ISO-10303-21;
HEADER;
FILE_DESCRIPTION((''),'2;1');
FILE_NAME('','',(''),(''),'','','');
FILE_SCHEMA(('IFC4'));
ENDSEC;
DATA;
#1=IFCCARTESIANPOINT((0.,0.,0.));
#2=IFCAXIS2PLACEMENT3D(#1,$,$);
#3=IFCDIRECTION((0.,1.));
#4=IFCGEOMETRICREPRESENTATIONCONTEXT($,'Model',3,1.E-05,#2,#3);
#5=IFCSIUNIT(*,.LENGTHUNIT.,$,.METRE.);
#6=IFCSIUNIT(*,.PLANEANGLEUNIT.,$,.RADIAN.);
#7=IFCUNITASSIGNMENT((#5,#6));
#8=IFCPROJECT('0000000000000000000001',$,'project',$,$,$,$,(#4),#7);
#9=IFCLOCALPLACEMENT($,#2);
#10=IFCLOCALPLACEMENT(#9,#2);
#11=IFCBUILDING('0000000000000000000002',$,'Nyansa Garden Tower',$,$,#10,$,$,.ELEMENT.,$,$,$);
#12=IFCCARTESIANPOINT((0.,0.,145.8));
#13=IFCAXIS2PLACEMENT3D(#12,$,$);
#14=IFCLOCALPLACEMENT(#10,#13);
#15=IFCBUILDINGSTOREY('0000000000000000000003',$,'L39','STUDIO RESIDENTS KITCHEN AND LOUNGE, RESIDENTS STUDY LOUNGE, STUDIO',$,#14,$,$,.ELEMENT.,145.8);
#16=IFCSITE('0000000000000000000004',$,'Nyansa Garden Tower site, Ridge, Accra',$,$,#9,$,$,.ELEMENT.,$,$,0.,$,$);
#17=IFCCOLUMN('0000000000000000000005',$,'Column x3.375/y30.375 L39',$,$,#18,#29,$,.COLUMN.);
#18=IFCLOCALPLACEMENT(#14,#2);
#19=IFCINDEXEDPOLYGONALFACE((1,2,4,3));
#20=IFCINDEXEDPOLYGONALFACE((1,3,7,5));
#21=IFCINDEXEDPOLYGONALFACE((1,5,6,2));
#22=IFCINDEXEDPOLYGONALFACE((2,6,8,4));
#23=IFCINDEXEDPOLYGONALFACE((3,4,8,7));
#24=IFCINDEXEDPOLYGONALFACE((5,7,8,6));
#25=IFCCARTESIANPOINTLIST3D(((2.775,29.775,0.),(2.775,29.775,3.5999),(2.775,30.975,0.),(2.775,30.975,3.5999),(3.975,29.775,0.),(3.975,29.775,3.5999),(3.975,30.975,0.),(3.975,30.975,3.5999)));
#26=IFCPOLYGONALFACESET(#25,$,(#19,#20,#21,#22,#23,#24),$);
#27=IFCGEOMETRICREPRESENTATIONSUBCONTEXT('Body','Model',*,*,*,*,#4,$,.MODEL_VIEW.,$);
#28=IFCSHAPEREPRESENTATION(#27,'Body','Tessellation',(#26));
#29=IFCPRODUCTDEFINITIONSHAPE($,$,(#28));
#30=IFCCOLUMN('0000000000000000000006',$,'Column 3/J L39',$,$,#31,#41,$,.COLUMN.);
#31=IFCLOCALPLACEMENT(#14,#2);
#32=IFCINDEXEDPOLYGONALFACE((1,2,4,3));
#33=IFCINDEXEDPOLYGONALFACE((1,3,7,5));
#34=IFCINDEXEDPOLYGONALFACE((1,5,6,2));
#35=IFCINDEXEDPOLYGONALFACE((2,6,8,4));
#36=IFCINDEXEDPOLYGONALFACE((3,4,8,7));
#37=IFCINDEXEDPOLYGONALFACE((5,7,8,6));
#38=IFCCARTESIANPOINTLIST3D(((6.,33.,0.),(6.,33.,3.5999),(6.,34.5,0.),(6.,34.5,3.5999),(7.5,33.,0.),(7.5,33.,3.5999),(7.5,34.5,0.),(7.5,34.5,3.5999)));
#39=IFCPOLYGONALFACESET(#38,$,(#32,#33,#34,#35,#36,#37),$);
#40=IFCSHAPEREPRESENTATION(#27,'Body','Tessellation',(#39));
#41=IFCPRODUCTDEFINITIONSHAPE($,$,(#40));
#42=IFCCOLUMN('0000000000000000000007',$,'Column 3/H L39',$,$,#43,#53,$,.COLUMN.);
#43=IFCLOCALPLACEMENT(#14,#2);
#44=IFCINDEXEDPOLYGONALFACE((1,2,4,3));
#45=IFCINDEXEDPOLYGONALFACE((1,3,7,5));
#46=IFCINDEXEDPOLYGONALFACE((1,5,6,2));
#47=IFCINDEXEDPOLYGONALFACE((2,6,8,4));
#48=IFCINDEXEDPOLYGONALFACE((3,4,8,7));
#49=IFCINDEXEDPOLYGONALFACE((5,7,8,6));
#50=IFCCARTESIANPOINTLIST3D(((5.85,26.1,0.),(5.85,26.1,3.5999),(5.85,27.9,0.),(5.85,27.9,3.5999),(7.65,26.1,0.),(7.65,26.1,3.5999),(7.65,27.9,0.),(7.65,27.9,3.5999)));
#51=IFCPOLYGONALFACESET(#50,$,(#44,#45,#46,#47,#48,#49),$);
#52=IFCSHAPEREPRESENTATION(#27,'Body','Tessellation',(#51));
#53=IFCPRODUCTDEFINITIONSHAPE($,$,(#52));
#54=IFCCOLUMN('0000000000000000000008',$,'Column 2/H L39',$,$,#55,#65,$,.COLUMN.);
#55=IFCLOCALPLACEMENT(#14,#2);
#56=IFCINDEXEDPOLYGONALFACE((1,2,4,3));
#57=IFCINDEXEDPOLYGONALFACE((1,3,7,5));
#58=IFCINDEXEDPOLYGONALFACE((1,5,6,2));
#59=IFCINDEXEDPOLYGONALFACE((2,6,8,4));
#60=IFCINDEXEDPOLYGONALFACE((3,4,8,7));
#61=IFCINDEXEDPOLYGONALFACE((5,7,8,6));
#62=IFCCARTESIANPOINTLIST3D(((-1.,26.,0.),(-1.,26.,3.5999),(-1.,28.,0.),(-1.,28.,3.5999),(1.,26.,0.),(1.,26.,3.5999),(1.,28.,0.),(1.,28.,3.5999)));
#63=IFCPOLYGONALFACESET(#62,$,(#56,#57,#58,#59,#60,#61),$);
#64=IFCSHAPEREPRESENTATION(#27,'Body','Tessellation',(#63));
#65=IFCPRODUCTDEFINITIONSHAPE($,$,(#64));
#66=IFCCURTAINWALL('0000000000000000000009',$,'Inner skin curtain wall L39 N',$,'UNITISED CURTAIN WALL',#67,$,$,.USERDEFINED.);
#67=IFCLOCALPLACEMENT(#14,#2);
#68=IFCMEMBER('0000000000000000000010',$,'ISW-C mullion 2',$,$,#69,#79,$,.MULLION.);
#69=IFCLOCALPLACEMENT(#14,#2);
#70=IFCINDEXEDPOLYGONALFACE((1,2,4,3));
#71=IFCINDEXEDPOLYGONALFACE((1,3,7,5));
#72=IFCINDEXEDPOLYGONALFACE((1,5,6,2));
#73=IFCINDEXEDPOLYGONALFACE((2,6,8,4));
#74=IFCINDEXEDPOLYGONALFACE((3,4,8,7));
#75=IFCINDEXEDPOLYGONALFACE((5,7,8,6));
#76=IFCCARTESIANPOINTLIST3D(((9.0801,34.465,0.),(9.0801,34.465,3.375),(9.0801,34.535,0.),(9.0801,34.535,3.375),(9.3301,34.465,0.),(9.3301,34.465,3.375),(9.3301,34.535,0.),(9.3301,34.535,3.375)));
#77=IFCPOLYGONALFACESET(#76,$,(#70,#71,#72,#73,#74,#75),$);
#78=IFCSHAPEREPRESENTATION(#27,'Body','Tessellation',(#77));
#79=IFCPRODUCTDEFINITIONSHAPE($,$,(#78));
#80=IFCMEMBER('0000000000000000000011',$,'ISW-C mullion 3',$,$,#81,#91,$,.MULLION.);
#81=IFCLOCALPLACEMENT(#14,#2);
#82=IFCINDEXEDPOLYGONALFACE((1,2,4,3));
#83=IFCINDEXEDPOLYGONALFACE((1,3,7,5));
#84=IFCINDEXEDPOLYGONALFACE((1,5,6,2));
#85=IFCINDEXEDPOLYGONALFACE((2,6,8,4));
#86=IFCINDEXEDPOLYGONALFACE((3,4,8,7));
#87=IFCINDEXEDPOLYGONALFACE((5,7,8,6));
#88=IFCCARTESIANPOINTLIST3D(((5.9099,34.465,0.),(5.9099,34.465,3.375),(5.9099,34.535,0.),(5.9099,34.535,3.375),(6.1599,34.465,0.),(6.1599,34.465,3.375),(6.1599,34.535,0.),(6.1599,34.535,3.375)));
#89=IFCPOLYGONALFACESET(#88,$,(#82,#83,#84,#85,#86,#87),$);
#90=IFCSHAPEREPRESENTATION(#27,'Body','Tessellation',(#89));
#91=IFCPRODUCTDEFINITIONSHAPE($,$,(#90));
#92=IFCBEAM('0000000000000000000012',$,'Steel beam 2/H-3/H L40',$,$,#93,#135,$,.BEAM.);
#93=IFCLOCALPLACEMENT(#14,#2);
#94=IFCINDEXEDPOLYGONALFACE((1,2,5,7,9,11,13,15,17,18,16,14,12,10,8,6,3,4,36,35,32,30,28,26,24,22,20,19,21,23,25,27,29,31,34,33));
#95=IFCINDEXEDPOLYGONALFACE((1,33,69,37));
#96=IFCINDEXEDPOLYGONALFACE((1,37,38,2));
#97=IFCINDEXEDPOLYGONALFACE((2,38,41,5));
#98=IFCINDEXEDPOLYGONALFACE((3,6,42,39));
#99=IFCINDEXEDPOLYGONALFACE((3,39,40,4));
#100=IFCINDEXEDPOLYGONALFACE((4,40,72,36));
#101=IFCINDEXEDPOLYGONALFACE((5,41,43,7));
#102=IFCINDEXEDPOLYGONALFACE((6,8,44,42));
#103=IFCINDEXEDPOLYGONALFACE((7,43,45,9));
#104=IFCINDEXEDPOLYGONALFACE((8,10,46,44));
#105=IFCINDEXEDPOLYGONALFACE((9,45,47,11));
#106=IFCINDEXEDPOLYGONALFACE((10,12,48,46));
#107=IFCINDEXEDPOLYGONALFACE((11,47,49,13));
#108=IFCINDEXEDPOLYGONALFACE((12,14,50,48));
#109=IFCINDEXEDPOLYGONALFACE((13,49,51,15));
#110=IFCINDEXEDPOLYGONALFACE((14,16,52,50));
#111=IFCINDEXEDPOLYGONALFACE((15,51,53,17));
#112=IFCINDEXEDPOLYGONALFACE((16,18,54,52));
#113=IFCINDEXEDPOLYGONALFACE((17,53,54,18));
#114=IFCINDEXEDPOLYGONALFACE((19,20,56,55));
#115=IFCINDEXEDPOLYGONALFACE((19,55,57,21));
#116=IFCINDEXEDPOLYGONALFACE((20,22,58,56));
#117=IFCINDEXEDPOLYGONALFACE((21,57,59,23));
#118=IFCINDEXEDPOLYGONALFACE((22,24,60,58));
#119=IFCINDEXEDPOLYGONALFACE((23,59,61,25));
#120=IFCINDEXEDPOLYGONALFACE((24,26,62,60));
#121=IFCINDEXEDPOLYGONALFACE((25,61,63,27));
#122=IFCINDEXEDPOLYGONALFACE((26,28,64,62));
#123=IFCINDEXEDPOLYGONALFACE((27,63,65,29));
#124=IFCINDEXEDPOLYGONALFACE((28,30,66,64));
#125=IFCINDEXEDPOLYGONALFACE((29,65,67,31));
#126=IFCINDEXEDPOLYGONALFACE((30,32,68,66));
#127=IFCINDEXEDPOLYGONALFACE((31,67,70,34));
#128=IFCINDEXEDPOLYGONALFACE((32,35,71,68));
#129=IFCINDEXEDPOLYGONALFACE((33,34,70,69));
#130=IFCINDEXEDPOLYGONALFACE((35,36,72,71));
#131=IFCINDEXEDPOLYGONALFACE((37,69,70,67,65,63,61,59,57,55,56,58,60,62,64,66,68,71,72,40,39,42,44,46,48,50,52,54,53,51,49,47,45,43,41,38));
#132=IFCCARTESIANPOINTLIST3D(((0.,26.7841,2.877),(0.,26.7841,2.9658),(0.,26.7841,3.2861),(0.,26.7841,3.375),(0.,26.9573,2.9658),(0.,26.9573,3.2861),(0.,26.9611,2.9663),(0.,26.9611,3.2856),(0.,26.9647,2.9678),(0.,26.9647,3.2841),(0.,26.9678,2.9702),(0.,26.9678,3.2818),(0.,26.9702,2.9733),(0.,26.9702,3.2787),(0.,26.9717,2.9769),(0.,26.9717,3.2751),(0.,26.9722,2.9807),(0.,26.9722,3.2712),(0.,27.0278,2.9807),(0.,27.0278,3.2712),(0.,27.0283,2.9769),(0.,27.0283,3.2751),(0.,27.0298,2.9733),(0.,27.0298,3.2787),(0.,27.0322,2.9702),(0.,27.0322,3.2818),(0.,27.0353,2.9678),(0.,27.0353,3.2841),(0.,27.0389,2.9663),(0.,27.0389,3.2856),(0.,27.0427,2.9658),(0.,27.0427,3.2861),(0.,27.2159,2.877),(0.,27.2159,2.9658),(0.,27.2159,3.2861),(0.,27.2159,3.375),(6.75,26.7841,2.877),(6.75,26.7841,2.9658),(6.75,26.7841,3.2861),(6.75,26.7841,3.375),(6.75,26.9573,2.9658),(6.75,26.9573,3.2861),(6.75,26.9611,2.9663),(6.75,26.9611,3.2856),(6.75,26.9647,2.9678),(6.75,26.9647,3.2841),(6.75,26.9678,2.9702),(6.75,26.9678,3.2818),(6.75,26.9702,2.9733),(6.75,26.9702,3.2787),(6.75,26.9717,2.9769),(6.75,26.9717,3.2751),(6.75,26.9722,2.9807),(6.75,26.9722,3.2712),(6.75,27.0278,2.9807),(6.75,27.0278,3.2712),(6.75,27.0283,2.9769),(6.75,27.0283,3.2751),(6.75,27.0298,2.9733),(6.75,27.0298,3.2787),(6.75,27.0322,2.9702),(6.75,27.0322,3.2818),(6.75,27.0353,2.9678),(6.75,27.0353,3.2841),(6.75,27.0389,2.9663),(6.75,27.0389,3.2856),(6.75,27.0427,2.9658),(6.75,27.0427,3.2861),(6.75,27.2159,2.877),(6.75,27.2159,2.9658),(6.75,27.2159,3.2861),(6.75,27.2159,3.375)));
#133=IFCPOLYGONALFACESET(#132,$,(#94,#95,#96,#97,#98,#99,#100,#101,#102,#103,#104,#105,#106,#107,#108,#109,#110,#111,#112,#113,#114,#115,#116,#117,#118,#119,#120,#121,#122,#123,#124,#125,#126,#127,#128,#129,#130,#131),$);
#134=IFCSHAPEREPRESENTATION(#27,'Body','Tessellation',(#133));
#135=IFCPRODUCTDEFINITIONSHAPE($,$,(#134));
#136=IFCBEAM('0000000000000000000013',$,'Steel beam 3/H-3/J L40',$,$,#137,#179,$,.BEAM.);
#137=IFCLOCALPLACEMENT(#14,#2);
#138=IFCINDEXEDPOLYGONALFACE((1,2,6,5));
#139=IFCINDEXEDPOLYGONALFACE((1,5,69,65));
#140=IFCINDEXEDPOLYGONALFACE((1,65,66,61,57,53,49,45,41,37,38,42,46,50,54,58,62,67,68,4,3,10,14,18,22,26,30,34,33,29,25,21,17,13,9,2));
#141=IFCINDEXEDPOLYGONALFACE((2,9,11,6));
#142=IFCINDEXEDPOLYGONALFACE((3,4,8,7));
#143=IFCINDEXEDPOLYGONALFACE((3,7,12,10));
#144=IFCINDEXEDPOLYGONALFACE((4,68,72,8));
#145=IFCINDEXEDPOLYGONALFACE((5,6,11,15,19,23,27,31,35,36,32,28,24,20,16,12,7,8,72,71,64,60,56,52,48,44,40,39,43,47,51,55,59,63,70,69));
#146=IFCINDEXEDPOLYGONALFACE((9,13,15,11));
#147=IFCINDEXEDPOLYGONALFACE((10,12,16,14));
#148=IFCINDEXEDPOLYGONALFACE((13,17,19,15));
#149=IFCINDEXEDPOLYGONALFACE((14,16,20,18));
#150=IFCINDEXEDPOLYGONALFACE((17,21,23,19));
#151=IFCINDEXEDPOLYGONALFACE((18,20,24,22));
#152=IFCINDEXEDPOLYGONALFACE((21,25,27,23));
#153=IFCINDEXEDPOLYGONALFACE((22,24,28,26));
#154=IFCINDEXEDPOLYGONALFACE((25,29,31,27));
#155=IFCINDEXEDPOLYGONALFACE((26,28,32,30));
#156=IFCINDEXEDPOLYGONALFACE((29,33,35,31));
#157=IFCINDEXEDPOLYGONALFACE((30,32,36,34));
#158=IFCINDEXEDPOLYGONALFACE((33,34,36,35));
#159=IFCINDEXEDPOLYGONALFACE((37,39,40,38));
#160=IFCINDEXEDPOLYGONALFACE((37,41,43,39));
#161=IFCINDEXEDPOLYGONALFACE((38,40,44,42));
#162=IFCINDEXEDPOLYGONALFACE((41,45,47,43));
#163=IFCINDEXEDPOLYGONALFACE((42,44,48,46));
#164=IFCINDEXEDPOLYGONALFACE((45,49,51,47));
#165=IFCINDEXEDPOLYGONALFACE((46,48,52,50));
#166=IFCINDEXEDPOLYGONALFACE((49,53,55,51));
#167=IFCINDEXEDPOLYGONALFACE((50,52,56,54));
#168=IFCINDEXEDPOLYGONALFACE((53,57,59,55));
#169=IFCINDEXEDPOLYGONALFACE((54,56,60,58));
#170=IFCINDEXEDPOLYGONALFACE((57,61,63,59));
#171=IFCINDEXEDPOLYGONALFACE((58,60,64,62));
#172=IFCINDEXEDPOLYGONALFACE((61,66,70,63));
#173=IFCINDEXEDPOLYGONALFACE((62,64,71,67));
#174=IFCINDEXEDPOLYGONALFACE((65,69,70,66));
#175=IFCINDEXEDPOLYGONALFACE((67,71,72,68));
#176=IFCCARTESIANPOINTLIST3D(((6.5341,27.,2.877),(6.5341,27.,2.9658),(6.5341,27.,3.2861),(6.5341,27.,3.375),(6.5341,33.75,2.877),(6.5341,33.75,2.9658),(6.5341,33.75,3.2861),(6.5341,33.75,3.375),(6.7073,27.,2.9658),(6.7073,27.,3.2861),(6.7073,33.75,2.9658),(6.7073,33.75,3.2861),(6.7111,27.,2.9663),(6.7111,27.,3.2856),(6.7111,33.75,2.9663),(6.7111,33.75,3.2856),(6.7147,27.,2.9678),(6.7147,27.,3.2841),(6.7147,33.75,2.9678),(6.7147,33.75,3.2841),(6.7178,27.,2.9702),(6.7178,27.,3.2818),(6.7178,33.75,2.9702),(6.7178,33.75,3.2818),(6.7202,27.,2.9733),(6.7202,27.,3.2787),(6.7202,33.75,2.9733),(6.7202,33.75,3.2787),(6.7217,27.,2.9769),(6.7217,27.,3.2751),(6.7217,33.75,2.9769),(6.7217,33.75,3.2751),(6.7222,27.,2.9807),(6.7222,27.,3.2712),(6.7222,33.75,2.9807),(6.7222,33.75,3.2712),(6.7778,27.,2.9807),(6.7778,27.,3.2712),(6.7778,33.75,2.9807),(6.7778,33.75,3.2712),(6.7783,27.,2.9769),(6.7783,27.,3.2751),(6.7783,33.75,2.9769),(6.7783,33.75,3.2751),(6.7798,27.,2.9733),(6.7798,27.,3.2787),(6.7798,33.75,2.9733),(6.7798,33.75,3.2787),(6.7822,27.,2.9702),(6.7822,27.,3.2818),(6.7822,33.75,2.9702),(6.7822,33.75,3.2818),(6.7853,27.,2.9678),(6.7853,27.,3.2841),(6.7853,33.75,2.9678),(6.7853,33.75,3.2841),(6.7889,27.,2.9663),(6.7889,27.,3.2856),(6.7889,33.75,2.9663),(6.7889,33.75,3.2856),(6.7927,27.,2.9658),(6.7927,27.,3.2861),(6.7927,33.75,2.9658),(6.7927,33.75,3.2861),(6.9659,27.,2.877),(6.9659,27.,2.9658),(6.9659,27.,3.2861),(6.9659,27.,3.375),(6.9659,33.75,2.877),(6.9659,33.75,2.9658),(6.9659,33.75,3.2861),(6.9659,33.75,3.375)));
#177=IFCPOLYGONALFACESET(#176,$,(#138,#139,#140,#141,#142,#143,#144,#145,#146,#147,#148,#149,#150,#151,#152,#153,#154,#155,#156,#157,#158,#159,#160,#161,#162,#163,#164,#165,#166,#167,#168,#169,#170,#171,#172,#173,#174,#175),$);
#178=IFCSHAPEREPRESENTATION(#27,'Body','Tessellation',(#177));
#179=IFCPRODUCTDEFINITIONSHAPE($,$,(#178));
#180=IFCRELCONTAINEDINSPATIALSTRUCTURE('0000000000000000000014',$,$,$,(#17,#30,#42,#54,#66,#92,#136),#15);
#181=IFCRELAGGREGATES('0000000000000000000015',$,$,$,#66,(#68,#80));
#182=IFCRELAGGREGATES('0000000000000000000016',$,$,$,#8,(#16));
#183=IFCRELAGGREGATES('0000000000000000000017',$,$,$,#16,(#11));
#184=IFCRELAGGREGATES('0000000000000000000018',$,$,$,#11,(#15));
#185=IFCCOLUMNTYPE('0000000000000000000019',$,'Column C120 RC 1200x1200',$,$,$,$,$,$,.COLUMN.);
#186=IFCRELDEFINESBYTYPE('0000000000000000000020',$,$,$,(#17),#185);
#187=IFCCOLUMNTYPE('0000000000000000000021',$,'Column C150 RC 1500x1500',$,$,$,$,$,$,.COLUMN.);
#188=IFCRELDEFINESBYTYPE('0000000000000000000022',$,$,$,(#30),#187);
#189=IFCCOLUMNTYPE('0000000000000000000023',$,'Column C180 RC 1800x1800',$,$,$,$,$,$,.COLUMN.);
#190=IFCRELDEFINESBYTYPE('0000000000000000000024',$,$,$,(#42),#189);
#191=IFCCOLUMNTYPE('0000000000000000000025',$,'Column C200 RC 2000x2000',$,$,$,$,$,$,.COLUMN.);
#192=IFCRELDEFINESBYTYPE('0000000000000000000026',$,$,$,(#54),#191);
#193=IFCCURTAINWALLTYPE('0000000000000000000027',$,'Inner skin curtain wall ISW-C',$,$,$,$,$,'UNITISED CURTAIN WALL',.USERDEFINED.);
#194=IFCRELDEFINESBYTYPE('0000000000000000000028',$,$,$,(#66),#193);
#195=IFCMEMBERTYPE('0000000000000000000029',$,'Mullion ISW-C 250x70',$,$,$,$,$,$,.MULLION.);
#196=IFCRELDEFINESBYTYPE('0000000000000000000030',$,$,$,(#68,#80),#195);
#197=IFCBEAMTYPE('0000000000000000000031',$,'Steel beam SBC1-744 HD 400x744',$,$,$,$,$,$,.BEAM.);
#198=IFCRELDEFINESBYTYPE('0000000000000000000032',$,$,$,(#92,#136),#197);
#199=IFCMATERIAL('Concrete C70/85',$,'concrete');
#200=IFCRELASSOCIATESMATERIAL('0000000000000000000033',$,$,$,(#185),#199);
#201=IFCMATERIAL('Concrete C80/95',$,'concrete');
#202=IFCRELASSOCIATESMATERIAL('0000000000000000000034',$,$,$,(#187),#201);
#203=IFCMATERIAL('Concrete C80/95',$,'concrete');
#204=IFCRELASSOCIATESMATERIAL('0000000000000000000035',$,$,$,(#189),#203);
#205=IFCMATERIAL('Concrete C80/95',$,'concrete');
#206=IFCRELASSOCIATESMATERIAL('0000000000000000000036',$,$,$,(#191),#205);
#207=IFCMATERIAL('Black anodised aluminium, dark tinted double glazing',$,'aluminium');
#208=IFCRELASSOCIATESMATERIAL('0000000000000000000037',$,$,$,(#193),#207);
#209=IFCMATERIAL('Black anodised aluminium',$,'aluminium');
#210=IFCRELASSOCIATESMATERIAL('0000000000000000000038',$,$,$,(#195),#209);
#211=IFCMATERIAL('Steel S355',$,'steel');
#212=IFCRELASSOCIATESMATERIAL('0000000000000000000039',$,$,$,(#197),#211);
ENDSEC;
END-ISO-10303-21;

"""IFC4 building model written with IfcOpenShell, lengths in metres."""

from ifc_helpers import new_model, si_unit, direction, frame, origin, origin_2d, place, context, subcontext, project, spatial, rectangle, i_section, extrude, material, material_profile, profile_set, type_object, element, aggregate, save


model = new_model("IFC4")

# Units and contexts
model_context = context("Model", 3, precision=1e-05, world=origin(), true_north=direction((0.0, 1.0)))
body_context = subcontext(model_context, "Body", "Model", "MODEL_VIEW")
ifc_project = project(units=[si_unit("LENGTHUNIT", "METRE"), si_unit("PLANEANGLEUNIT", "RADIAN")], contexts=[model_context])

# Site, building, storey
site_placement = place(None, origin())
site = spatial("IfcSite", under=ifc_project, at=site_placement, Name="Nyansa Garden Tower site, Ridge, Accra", CompositionType="ELEMENT", RefElevation=0.0)
building_placement = place(site_placement, origin())
building = spatial("IfcBuilding", under=site, at=building_placement, Name="Nyansa Garden Tower", CompositionType="ELEMENT")
storey_placement = place(building_placement, frame((0.0, 0.0, 145.8)))
storey = spatial("IfcBuildingStorey", under=building, at=storey_placement, Name="L39", Description="STUDIO RESIDENTS KITCHEN AND LOUNGE, RESIDENTS STUDY LOUNGE, STUDIO", CompositionType="ELEMENT", Elevation=145.8)

# Columns
ifc_material_1 = material(Name="Concrete C70/85", Category="concrete")
ifc_material_profile_1 = material_profile(ifc_material_1, rectangle(XDim=1.2, YDim=1.2, at=origin_2d()), Name="RC 1200x1200")
ifc_profile_set_1 = profile_set([ifc_material_profile_1], Name="Concrete C70/85")
column_type_1 = type_object("IfcColumnType", Name="Column C120 RC 1200x1200", PredefinedType="COLUMN", material=ifc_profile_set_1)
column_1_placement = place(storey_placement, frame((3.375, 30.375, 0.0), z_axis=(0.0, 0.0, 1.0), x_axis=(1.0, 0.0, 0.0)))
element("IfcColumn", 1, at=column_1_placement, inside=storey, type_object=column_type_1, Name="Column x3.375/y30.375 L39", PredefinedType="COLUMN", context=body_context, shape_type="SweptSolid", body=[
    extrude(rectangle(XDim=1.2, YDim=1.2, at=origin_2d()), origin(), (0.0, 0.0, 1.0), 3.5999),
])
ifc_material_2 = material(Name="Concrete C80/95", Category="concrete")
ifc_material_profile_2 = material_profile(ifc_material_2, rectangle(XDim=1.5, YDim=1.5, at=origin_2d()), Name="RC 1500x1500")
ifc_profile_set_2 = profile_set([ifc_material_profile_2], Name="Concrete C80/95")
column_type_2 = type_object("IfcColumnType", Name="Column C150 RC 1500x1500", PredefinedType="COLUMN", material=ifc_profile_set_2)
column_2_placement = place(storey_placement, frame((6.75, 33.75, 0.0), z_axis=(0.0, 0.0, 1.0), x_axis=(1.0, 0.0, 0.0)))
element("IfcColumn", 2, at=column_2_placement, inside=storey, type_object=column_type_2, Name="Column 3/J L39", PredefinedType="COLUMN", context=body_context, shape_type="SweptSolid", body=[
    extrude(rectangle(XDim=1.5, YDim=1.5, at=origin_2d()), origin(), (0.0, 0.0, 1.0), 3.5999),
])
ifc_material_3 = material(Name="Concrete C80/95", Category="concrete")
ifc_material_profile_3 = material_profile(ifc_material_3, rectangle(XDim=1.8, YDim=1.8, at=origin_2d()), Name="RC 1800x1800")
ifc_profile_set_3 = profile_set([ifc_material_profile_3], Name="Concrete C80/95")
column_type_3 = type_object("IfcColumnType", Name="Column C180 RC 1800x1800", PredefinedType="COLUMN", material=ifc_profile_set_3)
column_3_placement = place(storey_placement, frame((6.75, 27.0, 0.0), z_axis=(0.0, 0.0, 1.0), x_axis=(1.0, 0.0, 0.0)))
element("IfcColumn", 3, at=column_3_placement, inside=storey, type_object=column_type_3, Name="Column 3/H L39", PredefinedType="COLUMN", context=body_context, shape_type="SweptSolid", body=[
    extrude(rectangle(XDim=1.8, YDim=1.8, at=origin_2d()), origin(), (0.0, 0.0, 1.0), 3.5999),
])
ifc_material_4 = material(Name="Concrete C80/95", Category="concrete")
ifc_material_profile_4 = material_profile(ifc_material_4, rectangle(XDim=2.0, YDim=2.0, at=origin_2d()), Name="RC 2000x2000")
ifc_profile_set_4 = profile_set([ifc_material_profile_4], Name="Concrete C80/95")
column_type_4 = type_object("IfcColumnType", Name="Column C200 RC 2000x2000", PredefinedType="COLUMN", material=ifc_profile_set_4)
column_4_placement = place(storey_placement, frame((0.0, 27.0, 0.0), z_axis=(0.0, 0.0, 1.0), x_axis=(1.0, 0.0, 0.0)))
element("IfcColumn", 4, at=column_4_placement, inside=storey, type_object=column_type_4, Name="Column 2/H L39", PredefinedType="COLUMN", context=body_context, shape_type="SweptSolid", body=[
    extrude(rectangle(XDim=2.0, YDim=2.0, at=origin_2d()), origin(), (0.0, 0.0, 1.0), 3.5999),
])

# Curtain wall, members
ifc_material_5 = material(Name="Black anodised aluminium, dark tinted double glazing", Category="aluminium")
curtain_wall_type = type_object("IfcCurtainWallType", Name="Inner skin curtain wall ISW-C", ElementType="UNITISED CURTAIN WALL", PredefinedType="USERDEFINED", material=ifc_material_5)
curtain_wall_placement = place(storey_placement, origin())
curtain_wall = element("IfcCurtainWall", 5, at=curtain_wall_placement, inside=storey, type_object=curtain_wall_type, Name="Inner skin curtain wall L39 N", ObjectType="UNITISED CURTAIN WALL", PredefinedType="USERDEFINED")
ifc_material_6 = material(Name="Black anodised aluminium", Category="aluminium")
ifc_material_profile_5 = material_profile(ifc_material_6, rectangle(XDim=0.0701, YDim=0.25, at=origin_2d()), Name="Mullion 250x70")
ifc_profile_set_5 = profile_set([ifc_material_profile_5], Name="Black anodised aluminium")
member_type_1 = type_object("IfcMemberType", Name="Mullion ISW-C 250x70", PredefinedType="MULLION", material=ifc_profile_set_5)
member_1_placement = place(storey_placement, frame((9.2051, 34.5, 0.0), z_axis=(0.0, 0.0, 1.0), x_axis=(0.0, -1.0, 0.0)))
member_1 = element("IfcMember", 6, at=member_1_placement, type_object=member_type_1, Name="ISW-C mullion 2", PredefinedType="MULLION", context=body_context, shape_type="SweptSolid", body=[
    extrude(rectangle(XDim=0.0701, YDim=0.25, at=origin_2d()), origin(), (0.0, 0.0, 1.0), 3.375),
])
member_2_placement = place(storey_placement, frame((6.0349, 34.5, 0.0), z_axis=(0.0, 0.0, 1.0), x_axis=(0.0, -1.0, 0.0)))
member_2 = element("IfcMember", 7, at=member_2_placement, type_object=member_type_1, Name="ISW-C mullion 3", PredefinedType="MULLION", context=body_context, shape_type="SweptSolid", body=[
    extrude(rectangle(XDim=0.0701, YDim=0.25, at=origin_2d()), origin(), (0.0, 0.0, 1.0), 3.375),
])

# Beams
ifc_material_7 = material(Name="Steel S355", Category="steel")
ifc_material_profile_6 = material_profile(ifc_material_7, i_section(OverallWidth=0.4319, OverallDepth=0.498, WebThickness=0.0557, FlangeThickness=0.0889, FilletRadius=0.0149, at=origin_2d()), Name="HD 400x744")
ifc_profile_set_6 = profile_set([ifc_material_profile_6], Name="Steel S355")
beam_type_1 = type_object("IfcBeamType", Name="Steel beam SBC1-744 HD 400x744", PredefinedType="BEAM", material=ifc_profile_set_6)
for number, where, z_axis, x_axis, name in (
    (8, (0.0, 27.0, 3.126), (1.0, 0.0, 0.0), (0.0, 1.0, 0.0), "Steel beam 2/H-3/H L40"),
    (9, (6.75, 27.0, 3.126), (0.0, 1.0, 0.0), (-1.0, 0.0, 0.0), "Steel beam 3/H-3/J L40"),
):
    element("IfcBeam", number, at=place(storey_placement, frame(where, z_axis=z_axis, x_axis=x_axis)), inside=storey, type_object=beam_type_1, Name=name, PredefinedType="BEAM", context=body_context, shape_type="SweptSolid", body=[
        extrude(i_section(OverallWidth=0.4319, OverallDepth=0.498, WebThickness=0.0557, FlangeThickness=0.0889, FilletRadius=0.0149, at=origin_2d()), origin(), (0.0, 0.0, 1.0), 6.75),
    ])

aggregate(curtain_wall, [member_1, member_2])

save(model, "model.ifc")
